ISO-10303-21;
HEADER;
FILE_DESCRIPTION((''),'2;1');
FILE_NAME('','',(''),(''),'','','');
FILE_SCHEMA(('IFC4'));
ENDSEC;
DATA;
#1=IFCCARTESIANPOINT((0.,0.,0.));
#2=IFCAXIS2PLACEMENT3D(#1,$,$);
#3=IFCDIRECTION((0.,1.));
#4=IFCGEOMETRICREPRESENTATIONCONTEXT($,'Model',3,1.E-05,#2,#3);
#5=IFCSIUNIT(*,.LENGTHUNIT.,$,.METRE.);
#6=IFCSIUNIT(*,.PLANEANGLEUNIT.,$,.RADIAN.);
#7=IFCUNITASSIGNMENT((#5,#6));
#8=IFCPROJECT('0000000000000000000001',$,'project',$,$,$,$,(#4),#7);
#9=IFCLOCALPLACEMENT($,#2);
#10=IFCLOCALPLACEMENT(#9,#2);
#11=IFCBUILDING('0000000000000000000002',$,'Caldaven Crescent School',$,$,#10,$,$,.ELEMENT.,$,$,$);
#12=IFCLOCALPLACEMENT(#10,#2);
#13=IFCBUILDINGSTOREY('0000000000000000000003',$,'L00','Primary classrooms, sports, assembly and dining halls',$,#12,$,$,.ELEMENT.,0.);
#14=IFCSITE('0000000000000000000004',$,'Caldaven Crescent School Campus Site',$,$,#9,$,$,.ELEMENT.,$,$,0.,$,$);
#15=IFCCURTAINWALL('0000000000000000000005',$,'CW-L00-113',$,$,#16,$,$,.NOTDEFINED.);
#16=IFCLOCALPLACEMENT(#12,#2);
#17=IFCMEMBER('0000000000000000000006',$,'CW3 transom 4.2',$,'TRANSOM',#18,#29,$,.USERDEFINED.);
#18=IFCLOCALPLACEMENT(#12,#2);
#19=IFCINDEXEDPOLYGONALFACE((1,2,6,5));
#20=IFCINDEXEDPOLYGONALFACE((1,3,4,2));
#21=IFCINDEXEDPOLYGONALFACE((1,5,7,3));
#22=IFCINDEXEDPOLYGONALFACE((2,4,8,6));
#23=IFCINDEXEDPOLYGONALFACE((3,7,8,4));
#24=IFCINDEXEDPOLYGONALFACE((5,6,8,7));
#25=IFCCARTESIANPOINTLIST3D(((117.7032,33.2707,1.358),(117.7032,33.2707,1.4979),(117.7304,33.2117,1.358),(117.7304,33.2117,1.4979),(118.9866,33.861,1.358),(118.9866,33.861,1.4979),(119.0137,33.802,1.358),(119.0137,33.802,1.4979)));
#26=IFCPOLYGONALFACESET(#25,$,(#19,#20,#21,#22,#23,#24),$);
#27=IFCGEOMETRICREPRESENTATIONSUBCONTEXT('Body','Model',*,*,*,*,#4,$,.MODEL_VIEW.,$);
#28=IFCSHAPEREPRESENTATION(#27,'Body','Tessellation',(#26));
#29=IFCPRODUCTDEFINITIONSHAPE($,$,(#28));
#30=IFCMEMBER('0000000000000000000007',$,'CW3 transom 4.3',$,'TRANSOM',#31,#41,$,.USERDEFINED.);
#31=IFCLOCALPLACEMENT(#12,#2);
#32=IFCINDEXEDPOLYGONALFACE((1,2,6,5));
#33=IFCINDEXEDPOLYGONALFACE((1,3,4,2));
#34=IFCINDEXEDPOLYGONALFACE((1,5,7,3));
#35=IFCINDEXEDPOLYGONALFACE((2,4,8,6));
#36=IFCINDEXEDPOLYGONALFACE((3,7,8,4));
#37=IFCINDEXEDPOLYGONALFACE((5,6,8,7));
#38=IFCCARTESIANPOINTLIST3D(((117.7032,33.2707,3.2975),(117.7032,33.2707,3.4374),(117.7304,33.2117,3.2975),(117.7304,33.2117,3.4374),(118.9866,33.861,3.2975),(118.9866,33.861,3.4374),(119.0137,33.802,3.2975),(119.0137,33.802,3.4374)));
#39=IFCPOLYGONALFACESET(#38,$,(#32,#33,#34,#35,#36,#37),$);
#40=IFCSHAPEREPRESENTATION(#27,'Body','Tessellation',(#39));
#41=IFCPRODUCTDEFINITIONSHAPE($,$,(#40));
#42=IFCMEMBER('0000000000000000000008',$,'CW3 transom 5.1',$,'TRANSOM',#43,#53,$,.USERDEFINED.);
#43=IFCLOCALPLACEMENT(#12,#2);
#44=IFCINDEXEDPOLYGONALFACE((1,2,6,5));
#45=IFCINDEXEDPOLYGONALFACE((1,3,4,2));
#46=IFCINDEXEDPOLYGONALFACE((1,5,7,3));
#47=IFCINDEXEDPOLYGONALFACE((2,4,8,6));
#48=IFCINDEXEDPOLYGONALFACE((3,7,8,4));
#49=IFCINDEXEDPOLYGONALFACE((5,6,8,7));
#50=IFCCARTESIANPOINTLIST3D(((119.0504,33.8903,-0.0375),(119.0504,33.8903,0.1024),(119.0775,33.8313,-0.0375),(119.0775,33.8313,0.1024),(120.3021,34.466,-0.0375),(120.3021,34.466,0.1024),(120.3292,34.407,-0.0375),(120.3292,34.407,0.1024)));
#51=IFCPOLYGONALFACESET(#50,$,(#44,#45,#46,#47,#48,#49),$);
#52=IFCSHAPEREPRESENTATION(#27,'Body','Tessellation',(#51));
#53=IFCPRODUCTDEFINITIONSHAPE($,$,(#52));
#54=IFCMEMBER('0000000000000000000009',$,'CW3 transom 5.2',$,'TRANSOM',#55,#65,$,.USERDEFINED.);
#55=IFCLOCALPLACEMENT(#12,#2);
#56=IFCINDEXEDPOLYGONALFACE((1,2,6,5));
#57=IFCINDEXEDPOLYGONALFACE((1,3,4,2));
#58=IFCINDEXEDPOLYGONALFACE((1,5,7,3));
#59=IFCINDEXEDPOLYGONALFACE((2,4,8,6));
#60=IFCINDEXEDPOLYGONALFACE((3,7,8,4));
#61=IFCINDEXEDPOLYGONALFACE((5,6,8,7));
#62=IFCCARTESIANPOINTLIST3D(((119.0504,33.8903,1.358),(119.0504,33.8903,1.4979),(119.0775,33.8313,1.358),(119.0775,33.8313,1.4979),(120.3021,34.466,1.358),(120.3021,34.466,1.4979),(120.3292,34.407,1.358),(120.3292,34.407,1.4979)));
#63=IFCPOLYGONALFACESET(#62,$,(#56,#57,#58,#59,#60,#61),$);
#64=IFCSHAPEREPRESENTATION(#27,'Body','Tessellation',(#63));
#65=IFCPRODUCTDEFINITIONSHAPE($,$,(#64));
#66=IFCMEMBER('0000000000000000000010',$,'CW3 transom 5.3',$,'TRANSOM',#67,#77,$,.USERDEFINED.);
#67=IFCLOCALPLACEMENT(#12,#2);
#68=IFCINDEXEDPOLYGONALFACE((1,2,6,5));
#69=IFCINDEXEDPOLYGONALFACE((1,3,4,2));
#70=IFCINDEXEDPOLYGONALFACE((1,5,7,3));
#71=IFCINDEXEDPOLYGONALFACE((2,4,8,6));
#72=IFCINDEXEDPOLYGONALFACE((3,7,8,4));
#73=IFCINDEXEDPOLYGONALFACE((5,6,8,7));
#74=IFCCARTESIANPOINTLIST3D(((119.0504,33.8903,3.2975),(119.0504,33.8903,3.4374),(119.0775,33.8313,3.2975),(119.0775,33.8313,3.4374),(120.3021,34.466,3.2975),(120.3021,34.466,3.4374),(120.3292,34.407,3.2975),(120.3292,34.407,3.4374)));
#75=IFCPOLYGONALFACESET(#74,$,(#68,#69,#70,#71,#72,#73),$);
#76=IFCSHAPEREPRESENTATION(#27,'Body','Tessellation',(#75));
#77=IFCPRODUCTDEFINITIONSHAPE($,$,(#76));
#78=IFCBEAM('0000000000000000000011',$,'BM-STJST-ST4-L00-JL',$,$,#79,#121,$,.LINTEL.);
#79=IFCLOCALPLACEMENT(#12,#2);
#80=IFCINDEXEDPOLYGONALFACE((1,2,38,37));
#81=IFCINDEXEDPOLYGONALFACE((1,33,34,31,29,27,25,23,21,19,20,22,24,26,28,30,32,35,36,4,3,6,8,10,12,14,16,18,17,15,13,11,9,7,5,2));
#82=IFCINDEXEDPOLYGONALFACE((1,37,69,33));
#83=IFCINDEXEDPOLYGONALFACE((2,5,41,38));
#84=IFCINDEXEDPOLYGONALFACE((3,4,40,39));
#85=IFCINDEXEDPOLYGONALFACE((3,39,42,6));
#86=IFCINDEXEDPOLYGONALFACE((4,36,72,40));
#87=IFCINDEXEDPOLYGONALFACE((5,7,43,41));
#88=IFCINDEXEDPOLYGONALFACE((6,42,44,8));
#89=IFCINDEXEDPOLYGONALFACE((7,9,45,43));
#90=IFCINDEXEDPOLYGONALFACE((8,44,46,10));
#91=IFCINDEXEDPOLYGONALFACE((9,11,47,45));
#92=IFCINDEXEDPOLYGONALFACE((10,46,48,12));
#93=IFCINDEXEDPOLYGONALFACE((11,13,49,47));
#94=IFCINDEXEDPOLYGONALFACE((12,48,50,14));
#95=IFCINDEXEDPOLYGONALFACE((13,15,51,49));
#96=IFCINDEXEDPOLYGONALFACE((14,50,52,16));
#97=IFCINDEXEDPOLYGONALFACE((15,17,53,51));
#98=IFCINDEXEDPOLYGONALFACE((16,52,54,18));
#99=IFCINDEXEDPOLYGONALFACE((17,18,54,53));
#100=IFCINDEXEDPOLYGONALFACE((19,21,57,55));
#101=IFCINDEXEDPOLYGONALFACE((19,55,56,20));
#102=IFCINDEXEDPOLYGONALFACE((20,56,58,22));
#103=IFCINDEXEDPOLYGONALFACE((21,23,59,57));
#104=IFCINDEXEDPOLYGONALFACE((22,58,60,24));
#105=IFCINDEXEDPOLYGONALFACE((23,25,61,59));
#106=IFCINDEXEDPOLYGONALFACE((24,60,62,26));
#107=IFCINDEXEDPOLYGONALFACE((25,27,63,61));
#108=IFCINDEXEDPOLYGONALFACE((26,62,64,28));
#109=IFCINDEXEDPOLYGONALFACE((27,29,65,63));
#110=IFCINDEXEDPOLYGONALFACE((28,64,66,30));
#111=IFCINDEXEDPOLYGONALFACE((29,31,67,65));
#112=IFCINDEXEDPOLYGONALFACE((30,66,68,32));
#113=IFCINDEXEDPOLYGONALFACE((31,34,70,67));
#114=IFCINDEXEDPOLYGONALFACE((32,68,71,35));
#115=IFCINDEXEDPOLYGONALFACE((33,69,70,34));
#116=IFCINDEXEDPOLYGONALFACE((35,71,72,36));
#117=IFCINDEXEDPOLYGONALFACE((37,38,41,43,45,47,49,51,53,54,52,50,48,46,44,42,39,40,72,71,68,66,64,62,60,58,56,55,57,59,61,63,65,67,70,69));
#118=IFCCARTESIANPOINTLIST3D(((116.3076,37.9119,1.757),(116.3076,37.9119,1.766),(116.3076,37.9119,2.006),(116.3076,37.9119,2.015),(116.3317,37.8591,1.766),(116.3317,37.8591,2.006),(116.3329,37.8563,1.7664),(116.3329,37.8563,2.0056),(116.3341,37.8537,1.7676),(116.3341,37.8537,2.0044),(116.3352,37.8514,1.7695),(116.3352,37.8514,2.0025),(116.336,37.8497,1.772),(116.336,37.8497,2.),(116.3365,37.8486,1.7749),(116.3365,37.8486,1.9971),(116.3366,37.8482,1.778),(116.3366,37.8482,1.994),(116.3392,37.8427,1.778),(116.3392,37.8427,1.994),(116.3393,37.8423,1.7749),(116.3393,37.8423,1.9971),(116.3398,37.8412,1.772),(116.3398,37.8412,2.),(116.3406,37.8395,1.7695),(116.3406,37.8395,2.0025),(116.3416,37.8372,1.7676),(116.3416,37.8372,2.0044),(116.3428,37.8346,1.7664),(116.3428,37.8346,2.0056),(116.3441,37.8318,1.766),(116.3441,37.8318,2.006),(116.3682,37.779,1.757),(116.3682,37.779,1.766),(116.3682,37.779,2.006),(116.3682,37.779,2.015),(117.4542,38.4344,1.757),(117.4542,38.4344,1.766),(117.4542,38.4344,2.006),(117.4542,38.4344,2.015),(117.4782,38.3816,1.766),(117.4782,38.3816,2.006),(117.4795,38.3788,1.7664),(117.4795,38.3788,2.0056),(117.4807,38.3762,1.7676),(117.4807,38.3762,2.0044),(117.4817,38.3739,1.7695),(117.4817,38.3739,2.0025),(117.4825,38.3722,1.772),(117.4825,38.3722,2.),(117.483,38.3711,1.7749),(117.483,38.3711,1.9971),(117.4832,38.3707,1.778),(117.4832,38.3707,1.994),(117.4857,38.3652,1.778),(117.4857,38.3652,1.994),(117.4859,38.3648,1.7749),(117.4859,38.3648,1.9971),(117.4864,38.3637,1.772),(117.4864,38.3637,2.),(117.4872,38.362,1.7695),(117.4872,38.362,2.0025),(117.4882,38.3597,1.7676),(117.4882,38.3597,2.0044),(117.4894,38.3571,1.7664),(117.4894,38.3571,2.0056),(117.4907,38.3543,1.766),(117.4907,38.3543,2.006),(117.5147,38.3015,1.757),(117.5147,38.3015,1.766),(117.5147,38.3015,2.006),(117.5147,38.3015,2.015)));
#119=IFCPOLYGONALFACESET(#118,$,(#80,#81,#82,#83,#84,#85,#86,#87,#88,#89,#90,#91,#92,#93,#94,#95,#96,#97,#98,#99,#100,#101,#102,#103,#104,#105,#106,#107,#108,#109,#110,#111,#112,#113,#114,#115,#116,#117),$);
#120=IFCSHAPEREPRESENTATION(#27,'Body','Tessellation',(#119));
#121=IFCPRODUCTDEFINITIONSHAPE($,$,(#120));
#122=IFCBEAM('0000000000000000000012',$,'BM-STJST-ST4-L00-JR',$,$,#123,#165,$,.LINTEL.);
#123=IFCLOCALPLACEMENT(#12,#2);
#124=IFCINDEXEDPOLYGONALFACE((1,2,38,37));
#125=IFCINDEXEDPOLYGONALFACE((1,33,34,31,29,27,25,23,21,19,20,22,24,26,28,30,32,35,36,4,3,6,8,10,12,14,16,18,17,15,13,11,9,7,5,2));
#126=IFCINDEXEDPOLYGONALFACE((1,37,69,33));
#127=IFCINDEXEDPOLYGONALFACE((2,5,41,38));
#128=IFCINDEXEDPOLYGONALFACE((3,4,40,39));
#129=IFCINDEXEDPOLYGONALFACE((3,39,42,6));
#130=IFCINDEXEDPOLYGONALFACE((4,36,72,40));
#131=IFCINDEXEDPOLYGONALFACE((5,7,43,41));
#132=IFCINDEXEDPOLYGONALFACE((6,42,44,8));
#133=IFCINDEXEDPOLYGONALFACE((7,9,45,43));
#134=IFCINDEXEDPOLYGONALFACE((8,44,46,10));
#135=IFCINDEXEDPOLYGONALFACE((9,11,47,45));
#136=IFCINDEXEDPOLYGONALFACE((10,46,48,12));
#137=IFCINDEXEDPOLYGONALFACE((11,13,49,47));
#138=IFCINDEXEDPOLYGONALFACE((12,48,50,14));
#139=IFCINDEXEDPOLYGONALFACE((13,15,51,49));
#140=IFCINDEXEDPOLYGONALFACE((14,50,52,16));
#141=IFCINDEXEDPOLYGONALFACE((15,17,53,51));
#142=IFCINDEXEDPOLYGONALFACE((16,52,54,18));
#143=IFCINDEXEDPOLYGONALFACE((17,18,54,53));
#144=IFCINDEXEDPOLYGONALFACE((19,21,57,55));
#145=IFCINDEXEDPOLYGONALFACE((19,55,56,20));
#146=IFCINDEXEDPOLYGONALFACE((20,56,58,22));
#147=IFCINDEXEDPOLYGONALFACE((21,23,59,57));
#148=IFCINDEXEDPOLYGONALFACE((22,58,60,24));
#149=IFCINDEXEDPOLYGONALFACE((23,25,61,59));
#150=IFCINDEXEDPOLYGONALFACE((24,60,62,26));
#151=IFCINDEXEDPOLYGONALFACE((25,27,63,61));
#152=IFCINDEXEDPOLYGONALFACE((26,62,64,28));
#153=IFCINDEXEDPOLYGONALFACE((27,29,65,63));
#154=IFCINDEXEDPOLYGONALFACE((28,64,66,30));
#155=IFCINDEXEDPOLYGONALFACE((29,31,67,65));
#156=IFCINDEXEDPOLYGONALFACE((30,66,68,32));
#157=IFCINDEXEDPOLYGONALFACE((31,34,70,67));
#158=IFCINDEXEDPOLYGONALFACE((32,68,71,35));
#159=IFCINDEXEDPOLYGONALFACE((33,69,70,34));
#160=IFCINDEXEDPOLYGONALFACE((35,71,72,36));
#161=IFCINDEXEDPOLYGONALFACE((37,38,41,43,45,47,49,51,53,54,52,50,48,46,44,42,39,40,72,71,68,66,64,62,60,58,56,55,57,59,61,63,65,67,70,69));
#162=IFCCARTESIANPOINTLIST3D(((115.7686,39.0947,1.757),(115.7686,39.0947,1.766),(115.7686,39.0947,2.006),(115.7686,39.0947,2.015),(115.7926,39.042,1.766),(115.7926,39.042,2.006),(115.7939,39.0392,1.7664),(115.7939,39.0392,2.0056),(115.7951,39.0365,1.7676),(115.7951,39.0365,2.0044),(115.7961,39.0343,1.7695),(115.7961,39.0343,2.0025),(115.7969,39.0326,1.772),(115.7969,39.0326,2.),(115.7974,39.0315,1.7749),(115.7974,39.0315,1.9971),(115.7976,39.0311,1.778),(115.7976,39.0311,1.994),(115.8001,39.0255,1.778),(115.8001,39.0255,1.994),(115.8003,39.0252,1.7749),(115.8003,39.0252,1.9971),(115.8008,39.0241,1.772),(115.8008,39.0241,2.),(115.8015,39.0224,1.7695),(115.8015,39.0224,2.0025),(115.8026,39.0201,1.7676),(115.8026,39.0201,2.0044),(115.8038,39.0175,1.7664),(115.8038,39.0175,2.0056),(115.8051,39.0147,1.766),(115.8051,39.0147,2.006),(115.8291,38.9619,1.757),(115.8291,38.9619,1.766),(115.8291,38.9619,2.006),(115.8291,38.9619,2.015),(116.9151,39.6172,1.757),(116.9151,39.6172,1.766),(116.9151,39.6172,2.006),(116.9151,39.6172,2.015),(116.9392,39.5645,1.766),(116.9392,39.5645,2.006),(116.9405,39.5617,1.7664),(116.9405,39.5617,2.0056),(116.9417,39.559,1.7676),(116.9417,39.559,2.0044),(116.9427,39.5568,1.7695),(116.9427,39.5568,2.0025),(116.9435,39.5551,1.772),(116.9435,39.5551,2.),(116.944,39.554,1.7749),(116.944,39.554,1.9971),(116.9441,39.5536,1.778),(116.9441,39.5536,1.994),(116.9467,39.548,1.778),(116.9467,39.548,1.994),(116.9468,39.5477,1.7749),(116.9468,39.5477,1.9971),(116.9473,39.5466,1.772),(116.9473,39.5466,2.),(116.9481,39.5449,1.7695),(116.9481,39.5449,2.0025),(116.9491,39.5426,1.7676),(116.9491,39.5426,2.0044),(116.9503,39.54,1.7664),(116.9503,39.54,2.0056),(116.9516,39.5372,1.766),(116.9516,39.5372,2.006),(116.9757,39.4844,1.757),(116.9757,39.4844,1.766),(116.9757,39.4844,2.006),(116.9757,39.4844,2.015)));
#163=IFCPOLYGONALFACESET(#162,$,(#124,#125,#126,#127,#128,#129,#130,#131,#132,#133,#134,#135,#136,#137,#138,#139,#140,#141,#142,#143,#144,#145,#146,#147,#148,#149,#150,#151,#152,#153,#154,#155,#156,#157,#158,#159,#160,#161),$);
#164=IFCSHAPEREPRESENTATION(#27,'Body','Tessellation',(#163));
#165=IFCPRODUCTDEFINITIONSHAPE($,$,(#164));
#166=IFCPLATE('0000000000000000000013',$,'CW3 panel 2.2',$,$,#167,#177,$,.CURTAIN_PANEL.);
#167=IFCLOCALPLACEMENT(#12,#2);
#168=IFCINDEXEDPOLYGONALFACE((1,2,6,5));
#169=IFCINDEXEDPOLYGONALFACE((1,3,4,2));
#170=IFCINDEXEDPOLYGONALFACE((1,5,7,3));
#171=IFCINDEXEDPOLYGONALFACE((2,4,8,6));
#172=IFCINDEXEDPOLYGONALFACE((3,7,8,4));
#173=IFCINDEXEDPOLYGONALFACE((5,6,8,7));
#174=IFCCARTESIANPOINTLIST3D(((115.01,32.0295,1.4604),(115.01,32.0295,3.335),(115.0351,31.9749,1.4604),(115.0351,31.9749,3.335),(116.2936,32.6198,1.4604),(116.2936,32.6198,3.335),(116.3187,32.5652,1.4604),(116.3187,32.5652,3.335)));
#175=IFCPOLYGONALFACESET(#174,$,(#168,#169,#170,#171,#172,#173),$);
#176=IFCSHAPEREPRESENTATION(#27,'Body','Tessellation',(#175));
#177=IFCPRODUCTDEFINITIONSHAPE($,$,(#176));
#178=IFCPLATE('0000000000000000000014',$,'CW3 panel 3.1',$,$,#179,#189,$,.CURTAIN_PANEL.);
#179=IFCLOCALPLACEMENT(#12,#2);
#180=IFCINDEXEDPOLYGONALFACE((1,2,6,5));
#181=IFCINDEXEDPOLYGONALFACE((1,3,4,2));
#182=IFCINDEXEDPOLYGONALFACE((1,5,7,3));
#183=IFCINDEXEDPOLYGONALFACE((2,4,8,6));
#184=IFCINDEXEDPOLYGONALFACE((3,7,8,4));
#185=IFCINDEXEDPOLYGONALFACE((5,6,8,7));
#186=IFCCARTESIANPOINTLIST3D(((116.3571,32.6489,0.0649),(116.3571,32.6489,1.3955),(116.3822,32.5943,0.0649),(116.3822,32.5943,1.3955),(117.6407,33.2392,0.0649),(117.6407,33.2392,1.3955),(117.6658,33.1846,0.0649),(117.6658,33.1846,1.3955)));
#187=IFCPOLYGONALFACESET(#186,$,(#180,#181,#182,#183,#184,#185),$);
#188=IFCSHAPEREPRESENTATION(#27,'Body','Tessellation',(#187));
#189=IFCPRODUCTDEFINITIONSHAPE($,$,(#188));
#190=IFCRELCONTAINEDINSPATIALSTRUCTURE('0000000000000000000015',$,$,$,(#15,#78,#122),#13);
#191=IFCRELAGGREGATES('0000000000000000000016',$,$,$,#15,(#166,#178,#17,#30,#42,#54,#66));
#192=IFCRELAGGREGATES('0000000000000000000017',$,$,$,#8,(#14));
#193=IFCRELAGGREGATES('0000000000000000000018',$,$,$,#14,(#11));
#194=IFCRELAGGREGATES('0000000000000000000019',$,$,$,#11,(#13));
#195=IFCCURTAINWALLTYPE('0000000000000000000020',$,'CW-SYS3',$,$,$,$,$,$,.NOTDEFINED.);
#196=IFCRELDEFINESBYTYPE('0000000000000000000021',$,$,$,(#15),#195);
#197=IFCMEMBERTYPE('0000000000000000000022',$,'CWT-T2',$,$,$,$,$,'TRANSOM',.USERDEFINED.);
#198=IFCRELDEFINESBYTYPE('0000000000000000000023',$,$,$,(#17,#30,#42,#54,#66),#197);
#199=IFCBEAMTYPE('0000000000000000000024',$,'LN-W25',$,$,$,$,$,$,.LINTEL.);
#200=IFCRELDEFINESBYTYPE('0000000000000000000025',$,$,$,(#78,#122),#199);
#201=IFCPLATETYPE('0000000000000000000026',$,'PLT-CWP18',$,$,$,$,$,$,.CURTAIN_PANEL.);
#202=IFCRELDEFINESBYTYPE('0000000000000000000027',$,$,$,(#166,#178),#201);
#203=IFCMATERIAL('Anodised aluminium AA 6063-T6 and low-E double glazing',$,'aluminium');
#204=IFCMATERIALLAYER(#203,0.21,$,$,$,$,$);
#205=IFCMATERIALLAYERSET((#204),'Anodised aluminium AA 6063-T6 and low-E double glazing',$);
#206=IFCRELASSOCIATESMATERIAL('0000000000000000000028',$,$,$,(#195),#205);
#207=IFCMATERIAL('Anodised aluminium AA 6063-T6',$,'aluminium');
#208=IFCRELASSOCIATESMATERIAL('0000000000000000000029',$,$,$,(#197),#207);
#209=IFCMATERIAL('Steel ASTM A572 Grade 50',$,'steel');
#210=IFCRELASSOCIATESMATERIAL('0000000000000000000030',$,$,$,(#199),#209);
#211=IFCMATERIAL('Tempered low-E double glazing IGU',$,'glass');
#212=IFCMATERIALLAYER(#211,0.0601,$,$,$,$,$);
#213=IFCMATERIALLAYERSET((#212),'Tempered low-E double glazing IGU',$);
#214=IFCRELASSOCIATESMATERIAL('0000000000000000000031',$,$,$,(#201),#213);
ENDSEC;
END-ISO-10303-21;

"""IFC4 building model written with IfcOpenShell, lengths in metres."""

from ifc_helpers import new_model, si_unit, direction, frame, origin, origin_2d, place, context, subcontext, project, spatial, rectangle, i_section, extrude, material, layer, layer_set, material_profile, profile_set, type_object, element, aggregate, save


model = new_model("IFC4")

# Units and contexts
model_context = context("Model", 3, precision=1e-05, world=origin(), true_north=direction((0.0, 1.0)))
body_context = subcontext(model_context, "Body", "Model", "MODEL_VIEW")
ifc_project = project(units=[si_unit("LENGTHUNIT", "METRE"), si_unit("PLANEANGLEUNIT", "RADIAN")], contexts=[model_context])

# Site, building, storey
site_placement = place(None, origin())
site = spatial("IfcSite", under=ifc_project, at=site_placement, Name="Caldaven Crescent School Campus Site", CompositionType="ELEMENT", RefElevation=0.0)
building_placement = place(site_placement, origin())
building = spatial("IfcBuilding", under=site, at=building_placement, Name="Caldaven Crescent School", CompositionType="ELEMENT")
storey_placement = place(building_placement, origin())
storey = spatial("IfcBuildingStorey", under=building, at=storey_placement, Name="L00", Description="Primary classrooms, sports, assembly and dining halls", CompositionType="ELEMENT", Elevation=0.0)

# Shared definitions
ifc_material_1 = material(Name="Steel ASTM A572 Grade 50", Category="steel")

# Curtain wall, members
ifc_material_2 = material(Name="Anodised aluminium AA 6063-T6 and low-E double glazing", Category="aluminium")
ifc_layer_1 = layer(ifc_material_2, 0.21)
ifc_layer_set_1 = layer_set([ifc_layer_1], Name="Anodised aluminium AA 6063-T6 and low-E double glazing")
curtain_wall_type = type_object("IfcCurtainWallType", Name="CW-SYS3", PredefinedType="NOTDEFINED", material=ifc_layer_set_1)
curtain_wall_placement = place(storey_placement, origin())
curtain_wall = element("IfcCurtainWall", 1, at=curtain_wall_placement, inside=storey, type_object=curtain_wall_type, Name="CW-L00-113", PredefinedType="NOTDEFINED")
ifc_material_3 = material(Name="Anodised aluminium AA 6063-T6", Category="aluminium")
ifc_material_profile_1 = material_profile(ifc_material_3, rectangle(XDim=0.0649, YDim=0.1399, at=origin_2d()), Name="CWT 65x140")
ifc_profile_set_1 = profile_set([ifc_material_profile_1], Name="Anodised aluminium AA 6063-T6")
member_type_1 = type_object("IfcMemberType", Name="CWT-T2", ElementType="TRANSOM", PredefinedType="USERDEFINED", material=ifc_profile_set_1)
member_1_placement = place(storey_placement, frame((117.7168, 33.2412, 1.428), z_axis=(0.908505, 0.417874, 0.0), x_axis=(-0.417874, 0.908505, 0.0)))
member_1 = element("IfcMember", 2, at=member_1_placement, type_object=member_type_1, Name="CW3 transom 4.2", ObjectType="TRANSOM", PredefinedType="USERDEFINED", context=body_context, shape_type="SweptSolid", body=[
    extrude(rectangle(XDim=0.0649, YDim=0.1399, at=origin_2d()), origin(), (0.0, 0.0, 1.0), 1.4126),
])
member_2_placement = place(storey_placement, frame((117.7168, 33.2412, 3.3674), z_axis=(0.908505, 0.417874, 0.0), x_axis=(-0.417874, 0.908505, 0.0)))
member_2 = element("IfcMember", 3, at=member_2_placement, type_object=member_type_1, Name="CW3 transom 4.3", ObjectType="TRANSOM", PredefinedType="USERDEFINED", context=body_context, shape_type="SweptSolid", body=[
    extrude(rectangle(XDim=0.0649, YDim=0.1399, at=origin_2d()), origin(), (0.0, 0.0, 1.0), 1.4126),
])
member_3_placement = place(storey_placement, frame((119.064, 33.8608, 0.0325), z_axis=(0.908519, 0.417844, 0.0), x_axis=(-0.417844, 0.908519, 0.0)))
member_3 = element("IfcMember", 4, at=member_3_placement, type_object=member_type_1, Name="CW3 transom 5.1", ObjectType="TRANSOM", PredefinedType="USERDEFINED", context=body_context, shape_type="SweptSolid", body=[
    extrude(rectangle(XDim=0.0649, YDim=0.1399, at=origin_2d()), origin(), (0.0, 0.0, 1.0), 1.3777),
])
member_4_placement = place(storey_placement, frame((119.064, 33.8608, 1.428), z_axis=(0.908519, 0.417844, 0.0), x_axis=(-0.417844, 0.908519, 0.0)))
member_4 = element("IfcMember", 5, at=member_4_placement, type_object=member_type_1, Name="CW3 transom 5.2", ObjectType="TRANSOM", PredefinedType="USERDEFINED", context=body_context, shape_type="SweptSolid", body=[
    extrude(rectangle(XDim=0.0649, YDim=0.1399, at=origin_2d()), origin(), (0.0, 0.0, 1.0), 1.3777),
])
member_5_placement = place(storey_placement, frame((119.064, 33.8608, 3.3674), z_axis=(0.908519, 0.417844, 0.0), x_axis=(-0.417844, 0.908519, 0.0)))
member_5 = element("IfcMember", 6, at=member_5_placement, type_object=member_type_1, Name="CW3 transom 5.3", ObjectType="TRANSOM", PredefinedType="USERDEFINED", context=body_context, shape_type="SweptSolid", body=[
    extrude(rectangle(XDim=0.0649, YDim=0.1399, at=origin_2d()), origin(), (0.0, 0.0, 1.0), 1.3777),
])

# Beams
ifc_material_profile_2 = material_profile(ifc_material_1, i_section(OverallWidth=0.146, OverallDepth=0.2581, WebThickness=0.0061, FlangeThickness=0.009, FilletRadius=0.012, at=origin_2d()), Name="W250x33")
ifc_profile_set_2 = profile_set([ifc_material_profile_2], Name="Steel ASTM A572 Grade 50")
beam_type_1 = type_object("IfcBeamType", Name="LN-W25", PredefinedType="LINTEL", material=ifc_profile_set_2)
for number, where, z_axis, x_axis, name in (
    (7, (116.3379, 37.8455, 1.886), (0.909968, 0.414679, 0.0), (-0.414679, 0.909968, 0.0), "BM-STJST-ST4-L00-JL"),
    (8, (115.7988, 39.0283, 1.886), (0.909968, 0.414679, 0.0), (-0.414679, 0.909968, 0.0), "BM-STJST-ST4-L00-JR"),
):
    element("IfcBeam", number, at=place(storey_placement, frame(where, z_axis=z_axis, x_axis=x_axis)), inside=storey, type_object=beam_type_1, Name=name, PredefinedType="LINTEL", context=body_context, shape_type="SweptSolid", body=[
        extrude(i_section(OverallWidth=0.146, OverallDepth=0.2581, WebThickness=0.0061, FlangeThickness=0.009, FilletRadius=0.012, at=origin_2d()), origin(), (0.0, 0.0, 1.0), 1.26),
    ])

# Plates
ifc_material_4 = material(Name="Tempered low-E double glazing IGU", Category="glass")
ifc_layer_2 = layer(ifc_material_4, 0.0601)
ifc_layer_set_2 = layer_set([ifc_layer_2], Name="Tempered low-E double glazing IGU")
plate_type = type_object("IfcPlateType", Name="PLT-CWP18", PredefinedType="CURTAIN_PANEL", material=ifc_layer_set_2)
plate_1_placement = place(storey_placement, frame((115.6643, 32.2974, 1.4604), z_axis=(0.0, 0.0, 1.0), x_axis=(0.908528, 0.417823, 0.0)))
plate_1 = element("IfcPlate", 9, at=plate_1_placement, type_object=plate_type, Name="CW3 panel 2.2", PredefinedType="CURTAIN_PANEL", context=body_context, shape_type="SweptSolid", body=[
    extrude(rectangle(XDim=1.4128, YDim=0.0601, at=origin_2d()), origin(), (0.0, 0.0, 1.0), 1.8745),
])
plate_2_placement = place(storey_placement, frame((117.0115, 32.9167, 0.0649), z_axis=(0.0, 0.0, 1.0), x_axis=(0.908528, 0.417823, 0.0)))
plate_2 = element("IfcPlate", 10, at=plate_2_placement, type_object=plate_type, Name="CW3 panel 3.1", PredefinedType="CURTAIN_PANEL", context=body_context, shape_type="SweptSolid", body=[
    extrude(rectangle(XDim=1.4128, YDim=0.0601, at=origin_2d()), origin(), (0.0, 0.0, 1.0), 1.3306),
])
aggregate(curtain_wall, [plate_1, plate_2, member_1, member_2, member_3, member_4, member_5])

save(model, "model.ifc")
